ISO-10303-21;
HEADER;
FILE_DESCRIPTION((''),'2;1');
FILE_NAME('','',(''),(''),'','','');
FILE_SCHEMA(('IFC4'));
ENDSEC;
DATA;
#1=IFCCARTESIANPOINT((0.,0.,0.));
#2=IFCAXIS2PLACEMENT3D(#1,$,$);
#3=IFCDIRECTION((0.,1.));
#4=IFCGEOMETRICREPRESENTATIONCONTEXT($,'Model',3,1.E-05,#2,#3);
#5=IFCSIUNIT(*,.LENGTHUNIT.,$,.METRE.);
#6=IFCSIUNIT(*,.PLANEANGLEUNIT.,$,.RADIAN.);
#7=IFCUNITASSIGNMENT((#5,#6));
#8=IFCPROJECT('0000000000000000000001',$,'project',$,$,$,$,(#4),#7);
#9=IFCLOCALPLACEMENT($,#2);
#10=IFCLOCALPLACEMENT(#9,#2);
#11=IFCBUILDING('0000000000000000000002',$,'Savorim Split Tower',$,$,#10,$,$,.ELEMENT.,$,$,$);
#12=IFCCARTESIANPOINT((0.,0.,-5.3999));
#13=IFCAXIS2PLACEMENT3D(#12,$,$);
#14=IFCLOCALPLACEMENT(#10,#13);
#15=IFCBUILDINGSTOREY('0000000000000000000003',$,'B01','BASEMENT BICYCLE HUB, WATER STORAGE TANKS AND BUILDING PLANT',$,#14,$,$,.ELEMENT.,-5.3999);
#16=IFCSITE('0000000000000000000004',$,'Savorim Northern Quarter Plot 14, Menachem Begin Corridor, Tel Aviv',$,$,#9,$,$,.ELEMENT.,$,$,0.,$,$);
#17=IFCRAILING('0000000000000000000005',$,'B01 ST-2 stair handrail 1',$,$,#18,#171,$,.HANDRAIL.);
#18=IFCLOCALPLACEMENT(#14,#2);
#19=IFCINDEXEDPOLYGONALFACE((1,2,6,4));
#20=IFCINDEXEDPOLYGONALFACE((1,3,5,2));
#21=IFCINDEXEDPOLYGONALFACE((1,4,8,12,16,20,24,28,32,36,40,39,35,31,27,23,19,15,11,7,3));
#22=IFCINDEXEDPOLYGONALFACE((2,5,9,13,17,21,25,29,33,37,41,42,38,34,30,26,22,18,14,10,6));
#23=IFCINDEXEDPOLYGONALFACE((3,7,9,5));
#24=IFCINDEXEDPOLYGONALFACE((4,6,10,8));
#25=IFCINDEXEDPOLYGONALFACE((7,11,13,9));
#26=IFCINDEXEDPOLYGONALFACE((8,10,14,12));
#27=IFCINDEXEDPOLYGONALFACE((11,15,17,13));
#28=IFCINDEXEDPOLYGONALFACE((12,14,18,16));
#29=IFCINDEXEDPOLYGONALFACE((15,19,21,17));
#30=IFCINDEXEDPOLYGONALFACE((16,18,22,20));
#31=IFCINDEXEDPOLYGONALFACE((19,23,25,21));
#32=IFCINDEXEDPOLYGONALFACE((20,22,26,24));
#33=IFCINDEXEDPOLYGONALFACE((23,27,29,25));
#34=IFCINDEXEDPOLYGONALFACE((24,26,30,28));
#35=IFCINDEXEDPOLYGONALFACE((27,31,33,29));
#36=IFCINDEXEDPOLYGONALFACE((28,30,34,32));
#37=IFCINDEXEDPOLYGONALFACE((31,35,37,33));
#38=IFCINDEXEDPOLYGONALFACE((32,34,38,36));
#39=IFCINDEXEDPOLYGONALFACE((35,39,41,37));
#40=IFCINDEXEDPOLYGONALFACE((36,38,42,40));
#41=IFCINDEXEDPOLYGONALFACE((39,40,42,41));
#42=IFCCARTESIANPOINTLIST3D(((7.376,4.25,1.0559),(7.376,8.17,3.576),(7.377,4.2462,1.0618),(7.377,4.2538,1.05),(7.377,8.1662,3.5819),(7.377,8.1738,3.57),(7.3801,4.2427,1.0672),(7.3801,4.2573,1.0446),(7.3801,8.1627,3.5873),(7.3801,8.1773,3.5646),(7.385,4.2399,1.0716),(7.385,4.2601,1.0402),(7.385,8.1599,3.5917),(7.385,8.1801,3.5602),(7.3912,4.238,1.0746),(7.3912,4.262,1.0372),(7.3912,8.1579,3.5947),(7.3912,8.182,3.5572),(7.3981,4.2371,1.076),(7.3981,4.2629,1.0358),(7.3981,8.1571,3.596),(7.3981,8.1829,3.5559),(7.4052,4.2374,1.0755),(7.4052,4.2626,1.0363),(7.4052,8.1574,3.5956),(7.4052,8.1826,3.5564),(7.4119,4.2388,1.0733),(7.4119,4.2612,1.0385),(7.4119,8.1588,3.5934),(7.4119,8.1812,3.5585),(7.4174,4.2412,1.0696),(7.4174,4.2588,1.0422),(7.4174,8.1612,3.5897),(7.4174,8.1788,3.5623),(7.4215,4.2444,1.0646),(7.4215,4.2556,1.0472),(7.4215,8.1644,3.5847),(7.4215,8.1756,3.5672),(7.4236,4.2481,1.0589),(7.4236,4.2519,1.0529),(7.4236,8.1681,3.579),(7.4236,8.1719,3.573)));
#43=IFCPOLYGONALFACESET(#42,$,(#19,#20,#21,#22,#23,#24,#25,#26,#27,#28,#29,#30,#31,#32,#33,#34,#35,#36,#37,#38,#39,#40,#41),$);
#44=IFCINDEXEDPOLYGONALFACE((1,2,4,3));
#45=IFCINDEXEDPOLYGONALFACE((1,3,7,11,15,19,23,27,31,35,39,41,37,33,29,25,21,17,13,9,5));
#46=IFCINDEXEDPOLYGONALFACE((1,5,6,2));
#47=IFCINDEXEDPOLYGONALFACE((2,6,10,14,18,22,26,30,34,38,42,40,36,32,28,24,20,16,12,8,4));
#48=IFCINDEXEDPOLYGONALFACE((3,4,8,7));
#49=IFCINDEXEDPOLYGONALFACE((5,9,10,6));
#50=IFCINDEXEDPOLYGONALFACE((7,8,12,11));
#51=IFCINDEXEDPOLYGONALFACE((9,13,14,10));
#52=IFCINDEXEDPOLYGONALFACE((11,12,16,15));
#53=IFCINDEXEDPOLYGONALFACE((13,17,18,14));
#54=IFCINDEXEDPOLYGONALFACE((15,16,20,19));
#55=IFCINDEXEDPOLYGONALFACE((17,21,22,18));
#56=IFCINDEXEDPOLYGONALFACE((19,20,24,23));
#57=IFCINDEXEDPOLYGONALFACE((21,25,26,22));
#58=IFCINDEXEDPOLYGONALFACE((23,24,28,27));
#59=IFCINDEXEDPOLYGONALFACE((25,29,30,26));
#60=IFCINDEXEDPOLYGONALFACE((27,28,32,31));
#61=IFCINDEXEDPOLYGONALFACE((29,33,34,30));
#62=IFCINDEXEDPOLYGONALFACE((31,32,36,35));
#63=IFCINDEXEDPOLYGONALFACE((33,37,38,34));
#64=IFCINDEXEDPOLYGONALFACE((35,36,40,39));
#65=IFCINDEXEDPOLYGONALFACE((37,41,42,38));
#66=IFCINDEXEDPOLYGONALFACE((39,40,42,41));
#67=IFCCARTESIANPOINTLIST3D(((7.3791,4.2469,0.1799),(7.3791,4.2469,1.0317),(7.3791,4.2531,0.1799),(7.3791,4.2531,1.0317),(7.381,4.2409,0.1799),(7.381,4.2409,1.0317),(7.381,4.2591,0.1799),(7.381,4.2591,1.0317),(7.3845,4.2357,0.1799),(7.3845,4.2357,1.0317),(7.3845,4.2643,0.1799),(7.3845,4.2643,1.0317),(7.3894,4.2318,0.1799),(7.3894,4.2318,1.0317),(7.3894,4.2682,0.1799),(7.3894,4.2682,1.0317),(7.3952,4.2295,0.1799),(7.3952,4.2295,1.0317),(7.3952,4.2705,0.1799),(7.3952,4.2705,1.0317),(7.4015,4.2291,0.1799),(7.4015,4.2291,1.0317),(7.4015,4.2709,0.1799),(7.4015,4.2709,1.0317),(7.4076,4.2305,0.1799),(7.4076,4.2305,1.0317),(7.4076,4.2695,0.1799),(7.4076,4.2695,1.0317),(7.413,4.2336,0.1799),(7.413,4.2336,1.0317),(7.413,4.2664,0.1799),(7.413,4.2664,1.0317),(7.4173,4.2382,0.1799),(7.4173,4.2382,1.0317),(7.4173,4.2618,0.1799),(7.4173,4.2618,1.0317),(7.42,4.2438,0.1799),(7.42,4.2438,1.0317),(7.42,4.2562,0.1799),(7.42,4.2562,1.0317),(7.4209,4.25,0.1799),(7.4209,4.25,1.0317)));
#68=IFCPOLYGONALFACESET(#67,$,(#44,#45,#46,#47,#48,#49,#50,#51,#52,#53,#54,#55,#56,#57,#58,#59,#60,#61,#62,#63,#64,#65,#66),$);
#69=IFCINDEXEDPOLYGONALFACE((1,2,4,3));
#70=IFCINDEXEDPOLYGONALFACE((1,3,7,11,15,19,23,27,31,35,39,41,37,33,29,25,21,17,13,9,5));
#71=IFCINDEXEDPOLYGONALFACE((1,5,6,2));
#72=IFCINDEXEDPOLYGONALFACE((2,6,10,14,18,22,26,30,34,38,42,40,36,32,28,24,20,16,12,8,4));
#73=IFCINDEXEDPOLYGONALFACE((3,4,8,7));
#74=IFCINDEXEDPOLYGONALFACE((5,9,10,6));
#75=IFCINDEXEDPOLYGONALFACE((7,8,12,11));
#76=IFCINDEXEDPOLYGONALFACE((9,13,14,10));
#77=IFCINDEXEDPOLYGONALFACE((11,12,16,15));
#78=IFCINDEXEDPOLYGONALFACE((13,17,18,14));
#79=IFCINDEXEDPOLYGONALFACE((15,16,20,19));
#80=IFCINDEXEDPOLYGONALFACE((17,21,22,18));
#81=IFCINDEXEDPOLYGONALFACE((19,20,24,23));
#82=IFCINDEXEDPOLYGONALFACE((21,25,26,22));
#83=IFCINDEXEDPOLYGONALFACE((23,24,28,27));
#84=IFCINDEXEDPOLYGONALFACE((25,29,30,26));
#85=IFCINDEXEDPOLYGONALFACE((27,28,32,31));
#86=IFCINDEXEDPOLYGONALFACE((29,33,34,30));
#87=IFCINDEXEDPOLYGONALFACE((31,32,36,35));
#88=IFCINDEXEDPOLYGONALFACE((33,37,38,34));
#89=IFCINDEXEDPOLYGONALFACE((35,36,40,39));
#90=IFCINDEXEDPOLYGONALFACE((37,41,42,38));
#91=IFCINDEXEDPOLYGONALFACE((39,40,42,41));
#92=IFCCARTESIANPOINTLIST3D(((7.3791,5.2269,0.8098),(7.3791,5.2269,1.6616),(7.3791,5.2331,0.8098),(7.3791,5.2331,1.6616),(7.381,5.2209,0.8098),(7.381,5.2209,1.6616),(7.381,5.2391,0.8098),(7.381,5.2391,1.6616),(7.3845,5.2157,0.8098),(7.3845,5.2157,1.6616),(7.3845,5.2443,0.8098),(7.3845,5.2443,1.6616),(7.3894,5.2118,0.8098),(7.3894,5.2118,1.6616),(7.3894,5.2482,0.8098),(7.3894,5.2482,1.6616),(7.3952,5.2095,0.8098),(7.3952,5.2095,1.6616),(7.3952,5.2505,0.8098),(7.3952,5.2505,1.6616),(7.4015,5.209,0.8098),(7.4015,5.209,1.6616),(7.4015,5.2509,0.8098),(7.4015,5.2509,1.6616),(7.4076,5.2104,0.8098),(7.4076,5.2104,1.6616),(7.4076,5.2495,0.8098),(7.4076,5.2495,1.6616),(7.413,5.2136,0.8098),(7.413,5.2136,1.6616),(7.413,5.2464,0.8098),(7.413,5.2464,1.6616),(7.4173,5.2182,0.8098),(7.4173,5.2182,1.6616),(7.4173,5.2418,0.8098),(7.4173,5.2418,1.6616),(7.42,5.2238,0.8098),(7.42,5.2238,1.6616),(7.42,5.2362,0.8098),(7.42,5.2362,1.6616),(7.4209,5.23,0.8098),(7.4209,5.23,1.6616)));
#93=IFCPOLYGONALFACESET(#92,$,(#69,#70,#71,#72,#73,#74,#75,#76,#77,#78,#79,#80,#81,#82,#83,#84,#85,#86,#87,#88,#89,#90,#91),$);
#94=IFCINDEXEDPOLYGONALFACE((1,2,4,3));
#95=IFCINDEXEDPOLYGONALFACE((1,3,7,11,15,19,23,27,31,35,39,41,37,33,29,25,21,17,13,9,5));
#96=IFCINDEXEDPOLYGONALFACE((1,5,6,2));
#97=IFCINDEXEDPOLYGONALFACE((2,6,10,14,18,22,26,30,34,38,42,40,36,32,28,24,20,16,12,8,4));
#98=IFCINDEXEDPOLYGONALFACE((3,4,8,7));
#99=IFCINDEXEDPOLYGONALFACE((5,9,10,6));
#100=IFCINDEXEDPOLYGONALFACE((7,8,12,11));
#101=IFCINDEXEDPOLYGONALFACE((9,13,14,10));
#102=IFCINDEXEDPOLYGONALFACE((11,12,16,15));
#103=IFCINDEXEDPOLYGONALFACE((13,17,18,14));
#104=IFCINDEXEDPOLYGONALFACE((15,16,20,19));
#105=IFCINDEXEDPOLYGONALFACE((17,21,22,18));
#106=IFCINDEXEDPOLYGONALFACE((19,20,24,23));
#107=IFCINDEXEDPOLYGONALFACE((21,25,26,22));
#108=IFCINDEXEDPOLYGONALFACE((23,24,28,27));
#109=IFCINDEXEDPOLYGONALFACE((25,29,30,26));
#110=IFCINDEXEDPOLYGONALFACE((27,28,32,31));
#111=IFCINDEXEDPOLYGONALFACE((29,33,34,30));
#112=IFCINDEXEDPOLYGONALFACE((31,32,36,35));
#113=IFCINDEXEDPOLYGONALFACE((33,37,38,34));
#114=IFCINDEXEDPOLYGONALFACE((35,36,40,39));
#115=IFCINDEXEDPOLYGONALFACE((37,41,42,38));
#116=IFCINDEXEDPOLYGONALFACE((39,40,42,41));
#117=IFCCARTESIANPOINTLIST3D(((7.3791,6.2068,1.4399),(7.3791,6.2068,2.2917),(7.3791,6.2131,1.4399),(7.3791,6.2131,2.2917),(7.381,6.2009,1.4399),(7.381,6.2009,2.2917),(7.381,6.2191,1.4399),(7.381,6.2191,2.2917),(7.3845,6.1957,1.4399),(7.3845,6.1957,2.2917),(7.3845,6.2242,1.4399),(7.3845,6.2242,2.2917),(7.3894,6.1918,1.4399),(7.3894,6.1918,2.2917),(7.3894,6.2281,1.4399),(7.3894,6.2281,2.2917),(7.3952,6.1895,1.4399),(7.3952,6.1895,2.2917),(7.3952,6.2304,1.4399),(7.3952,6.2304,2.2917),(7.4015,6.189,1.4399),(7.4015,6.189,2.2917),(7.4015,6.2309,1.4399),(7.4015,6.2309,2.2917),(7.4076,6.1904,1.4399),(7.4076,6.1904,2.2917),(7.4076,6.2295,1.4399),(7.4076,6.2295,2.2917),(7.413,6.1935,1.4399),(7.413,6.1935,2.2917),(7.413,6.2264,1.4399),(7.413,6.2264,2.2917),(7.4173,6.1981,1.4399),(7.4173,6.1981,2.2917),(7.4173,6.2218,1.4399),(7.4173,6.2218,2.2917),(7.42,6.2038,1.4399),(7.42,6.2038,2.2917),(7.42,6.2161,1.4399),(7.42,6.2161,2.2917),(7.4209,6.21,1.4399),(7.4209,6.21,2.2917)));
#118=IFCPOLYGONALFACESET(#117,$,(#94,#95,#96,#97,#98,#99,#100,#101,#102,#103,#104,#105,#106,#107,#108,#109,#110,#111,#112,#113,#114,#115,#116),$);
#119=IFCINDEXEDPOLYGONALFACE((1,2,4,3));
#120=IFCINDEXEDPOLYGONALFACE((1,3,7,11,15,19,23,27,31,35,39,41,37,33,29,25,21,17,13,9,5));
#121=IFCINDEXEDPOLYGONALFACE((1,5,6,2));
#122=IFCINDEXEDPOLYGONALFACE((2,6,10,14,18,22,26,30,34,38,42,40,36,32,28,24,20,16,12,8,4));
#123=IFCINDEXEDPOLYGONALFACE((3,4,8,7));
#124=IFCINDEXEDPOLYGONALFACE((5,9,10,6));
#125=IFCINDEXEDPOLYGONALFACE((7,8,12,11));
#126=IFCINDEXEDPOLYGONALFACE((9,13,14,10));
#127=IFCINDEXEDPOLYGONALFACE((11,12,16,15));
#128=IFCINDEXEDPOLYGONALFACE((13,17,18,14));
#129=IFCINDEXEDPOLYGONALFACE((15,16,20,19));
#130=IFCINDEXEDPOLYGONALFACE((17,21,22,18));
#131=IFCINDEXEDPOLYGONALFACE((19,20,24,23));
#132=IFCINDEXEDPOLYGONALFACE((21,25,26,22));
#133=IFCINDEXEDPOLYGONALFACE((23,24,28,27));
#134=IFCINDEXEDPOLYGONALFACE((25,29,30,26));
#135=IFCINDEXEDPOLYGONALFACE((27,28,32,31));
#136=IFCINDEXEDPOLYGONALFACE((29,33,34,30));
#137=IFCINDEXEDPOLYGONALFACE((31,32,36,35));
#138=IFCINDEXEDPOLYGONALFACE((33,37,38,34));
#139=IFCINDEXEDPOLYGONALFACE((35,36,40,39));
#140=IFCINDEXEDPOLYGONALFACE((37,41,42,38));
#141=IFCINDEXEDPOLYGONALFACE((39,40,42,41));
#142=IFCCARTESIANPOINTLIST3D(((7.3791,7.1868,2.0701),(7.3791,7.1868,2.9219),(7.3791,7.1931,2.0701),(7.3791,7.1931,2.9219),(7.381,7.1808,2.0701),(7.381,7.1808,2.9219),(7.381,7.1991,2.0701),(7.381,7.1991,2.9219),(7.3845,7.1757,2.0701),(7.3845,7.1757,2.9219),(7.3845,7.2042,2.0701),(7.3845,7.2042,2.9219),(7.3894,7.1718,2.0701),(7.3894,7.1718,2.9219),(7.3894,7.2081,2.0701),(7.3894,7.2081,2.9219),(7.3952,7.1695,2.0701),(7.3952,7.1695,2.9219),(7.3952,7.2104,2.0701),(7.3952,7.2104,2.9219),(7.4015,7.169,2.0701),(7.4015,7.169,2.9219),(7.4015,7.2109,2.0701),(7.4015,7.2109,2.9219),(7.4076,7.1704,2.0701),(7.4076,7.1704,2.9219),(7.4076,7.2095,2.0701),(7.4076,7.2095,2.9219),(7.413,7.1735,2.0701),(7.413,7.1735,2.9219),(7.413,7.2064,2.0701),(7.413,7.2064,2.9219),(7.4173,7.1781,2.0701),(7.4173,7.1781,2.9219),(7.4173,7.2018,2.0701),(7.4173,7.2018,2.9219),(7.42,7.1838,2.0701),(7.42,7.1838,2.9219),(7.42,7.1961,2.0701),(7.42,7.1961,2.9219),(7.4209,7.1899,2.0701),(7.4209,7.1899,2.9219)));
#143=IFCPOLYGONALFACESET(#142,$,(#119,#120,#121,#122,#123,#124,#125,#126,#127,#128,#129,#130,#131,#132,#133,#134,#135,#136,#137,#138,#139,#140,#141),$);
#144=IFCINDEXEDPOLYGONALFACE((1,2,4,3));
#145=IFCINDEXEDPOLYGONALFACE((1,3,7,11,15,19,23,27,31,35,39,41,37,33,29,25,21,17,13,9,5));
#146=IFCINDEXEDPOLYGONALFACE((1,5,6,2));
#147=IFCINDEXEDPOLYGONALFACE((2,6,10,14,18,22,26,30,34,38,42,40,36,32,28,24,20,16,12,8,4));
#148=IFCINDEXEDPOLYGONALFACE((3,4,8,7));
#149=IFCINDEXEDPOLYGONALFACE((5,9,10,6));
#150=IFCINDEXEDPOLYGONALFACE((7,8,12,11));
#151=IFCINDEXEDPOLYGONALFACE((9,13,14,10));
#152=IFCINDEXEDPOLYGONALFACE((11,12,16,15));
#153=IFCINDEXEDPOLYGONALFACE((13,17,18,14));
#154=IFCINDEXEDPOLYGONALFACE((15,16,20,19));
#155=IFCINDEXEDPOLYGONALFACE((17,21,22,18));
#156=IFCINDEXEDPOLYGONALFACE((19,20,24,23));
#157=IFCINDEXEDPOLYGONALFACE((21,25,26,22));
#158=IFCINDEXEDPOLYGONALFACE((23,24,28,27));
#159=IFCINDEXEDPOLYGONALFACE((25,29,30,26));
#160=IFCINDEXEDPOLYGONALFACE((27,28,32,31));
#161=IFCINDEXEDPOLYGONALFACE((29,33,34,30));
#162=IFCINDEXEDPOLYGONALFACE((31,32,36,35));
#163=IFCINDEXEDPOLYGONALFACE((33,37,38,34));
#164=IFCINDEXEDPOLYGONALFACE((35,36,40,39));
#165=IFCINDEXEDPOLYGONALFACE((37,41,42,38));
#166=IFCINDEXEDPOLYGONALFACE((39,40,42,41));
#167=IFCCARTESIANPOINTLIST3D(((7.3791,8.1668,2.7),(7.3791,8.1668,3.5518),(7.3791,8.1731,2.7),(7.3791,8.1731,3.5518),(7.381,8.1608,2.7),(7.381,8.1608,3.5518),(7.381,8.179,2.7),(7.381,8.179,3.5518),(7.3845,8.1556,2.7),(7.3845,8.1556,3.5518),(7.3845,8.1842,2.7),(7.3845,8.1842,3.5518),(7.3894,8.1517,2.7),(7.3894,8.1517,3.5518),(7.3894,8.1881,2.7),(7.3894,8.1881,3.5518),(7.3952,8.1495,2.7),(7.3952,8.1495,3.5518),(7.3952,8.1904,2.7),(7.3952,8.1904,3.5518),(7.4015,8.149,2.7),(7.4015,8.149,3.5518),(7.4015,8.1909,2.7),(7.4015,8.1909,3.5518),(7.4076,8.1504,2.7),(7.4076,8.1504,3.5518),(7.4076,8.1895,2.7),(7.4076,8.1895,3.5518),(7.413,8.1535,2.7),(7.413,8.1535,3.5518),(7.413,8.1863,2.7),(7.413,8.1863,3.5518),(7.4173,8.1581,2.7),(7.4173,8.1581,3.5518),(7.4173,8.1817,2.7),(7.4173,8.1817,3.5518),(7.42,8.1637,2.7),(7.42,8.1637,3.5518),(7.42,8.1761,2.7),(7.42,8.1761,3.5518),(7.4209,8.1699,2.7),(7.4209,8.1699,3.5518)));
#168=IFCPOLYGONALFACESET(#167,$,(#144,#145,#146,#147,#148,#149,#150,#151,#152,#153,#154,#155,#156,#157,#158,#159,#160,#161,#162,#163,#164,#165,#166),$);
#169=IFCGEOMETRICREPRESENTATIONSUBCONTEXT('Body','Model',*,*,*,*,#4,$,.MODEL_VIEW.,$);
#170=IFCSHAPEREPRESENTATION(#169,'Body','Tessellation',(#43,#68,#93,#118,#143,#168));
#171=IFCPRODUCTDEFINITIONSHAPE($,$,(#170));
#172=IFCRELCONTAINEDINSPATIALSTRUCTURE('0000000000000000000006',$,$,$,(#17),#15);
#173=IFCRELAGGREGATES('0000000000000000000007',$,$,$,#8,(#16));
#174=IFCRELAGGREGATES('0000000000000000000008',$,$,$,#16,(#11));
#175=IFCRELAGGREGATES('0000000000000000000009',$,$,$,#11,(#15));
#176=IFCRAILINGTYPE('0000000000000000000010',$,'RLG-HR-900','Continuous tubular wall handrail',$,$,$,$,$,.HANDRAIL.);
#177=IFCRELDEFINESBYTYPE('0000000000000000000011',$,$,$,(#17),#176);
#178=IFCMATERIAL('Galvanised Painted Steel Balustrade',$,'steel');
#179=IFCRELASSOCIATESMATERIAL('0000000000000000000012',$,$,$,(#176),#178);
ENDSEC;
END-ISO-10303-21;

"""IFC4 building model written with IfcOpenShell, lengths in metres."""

from ifc_helpers import new_model, si_unit, direction, frame, origin, origin_2d, place, context, subcontext, project, spatial, circle, extrude, material, type_object, element, save


model = new_model("IFC4")

# Units and contexts
model_context = context("Model", 3, precision=1e-05, world=origin(), true_north=direction((0.0, 1.0)))
body_context = subcontext(model_context, "Body", "Model", "MODEL_VIEW")
ifc_project = project(units=[si_unit("LENGTHUNIT", "METRE"), si_unit("PLANEANGLEUNIT", "RADIAN")], contexts=[model_context])

# Site, building, storey
site_placement = place(None, origin())
site = spatial("IfcSite", under=ifc_project, at=site_placement, Name="Savorim Northern Quarter Plot 14, Menachem Begin Corridor, Tel Aviv", CompositionType="ELEMENT", RefElevation=0.0)
building_placement = place(site_placement, origin())
building = spatial("IfcBuilding", under=site, at=building_placement, Name="Savorim Split Tower", CompositionType="ELEMENT")
storey_placement = place(building_placement, frame((0.0, 0.0, -5.3999)))
storey = spatial("IfcBuildingStorey", under=building, at=storey_placement, Name="B01", Description="BASEMENT BICYCLE HUB, WATER STORAGE TANKS AND BUILDING PLANT", CompositionType="ELEMENT", Elevation=-5.3999)

# Railing
ifc_material_1 = material(Name="Galvanised Painted Steel Balustrade", Category="steel")
railing_type_1 = type_object("IfcRailingType", Name="RLG-HR-900", Description="Continuous tubular wall handrail", PredefinedType="HANDRAIL", material=ifc_material_1)
railing_1_placement = place(storey_placement, frame((7.3999, 4.25, 0.1799)))
element("IfcRailing", 1, at=railing_1_placement, inside=storey, type_object=railing_type_1, Name="B01 ST-2 stair handrail 1", PredefinedType="HANDRAIL", context=body_context, shape_type="SweptSolid", body=[
    extrude(circle(Radius=0.0239, at=origin_2d()), frame((0.0, 0.0, 0.876), z_axis=(0.0, 0.841172, 0.540768), x_axis=(-1.0, 0.0, 0.0)), (0.0, 0.0, 1.0), 4.6602),
    extrude(circle(Radius=0.021, at=origin_2d()), origin(), (0.0, 0.0, 1.0), 0.8518),
    extrude(circle(Radius=0.021, at=origin_2d()), frame((0.0, 0.98, 0.6299)), (0.0, 0.0, 1.0), 0.8518),
    extrude(circle(Radius=0.021, at=origin_2d()), frame((0.0, 1.96, 1.26)), (0.0, 0.0, 1.0), 0.8518),
    extrude(circle(Radius=0.021, at=origin_2d()), frame((0.0, 2.9399, 1.8901)), (0.0, 0.0, 1.0), 0.8518),
    extrude(circle(Radius=0.021, at=origin_2d()), frame((0.0, 3.9199, 2.52)), (0.0, 0.0, 1.0), 0.8518),
])

save(model, "model.ifc")
